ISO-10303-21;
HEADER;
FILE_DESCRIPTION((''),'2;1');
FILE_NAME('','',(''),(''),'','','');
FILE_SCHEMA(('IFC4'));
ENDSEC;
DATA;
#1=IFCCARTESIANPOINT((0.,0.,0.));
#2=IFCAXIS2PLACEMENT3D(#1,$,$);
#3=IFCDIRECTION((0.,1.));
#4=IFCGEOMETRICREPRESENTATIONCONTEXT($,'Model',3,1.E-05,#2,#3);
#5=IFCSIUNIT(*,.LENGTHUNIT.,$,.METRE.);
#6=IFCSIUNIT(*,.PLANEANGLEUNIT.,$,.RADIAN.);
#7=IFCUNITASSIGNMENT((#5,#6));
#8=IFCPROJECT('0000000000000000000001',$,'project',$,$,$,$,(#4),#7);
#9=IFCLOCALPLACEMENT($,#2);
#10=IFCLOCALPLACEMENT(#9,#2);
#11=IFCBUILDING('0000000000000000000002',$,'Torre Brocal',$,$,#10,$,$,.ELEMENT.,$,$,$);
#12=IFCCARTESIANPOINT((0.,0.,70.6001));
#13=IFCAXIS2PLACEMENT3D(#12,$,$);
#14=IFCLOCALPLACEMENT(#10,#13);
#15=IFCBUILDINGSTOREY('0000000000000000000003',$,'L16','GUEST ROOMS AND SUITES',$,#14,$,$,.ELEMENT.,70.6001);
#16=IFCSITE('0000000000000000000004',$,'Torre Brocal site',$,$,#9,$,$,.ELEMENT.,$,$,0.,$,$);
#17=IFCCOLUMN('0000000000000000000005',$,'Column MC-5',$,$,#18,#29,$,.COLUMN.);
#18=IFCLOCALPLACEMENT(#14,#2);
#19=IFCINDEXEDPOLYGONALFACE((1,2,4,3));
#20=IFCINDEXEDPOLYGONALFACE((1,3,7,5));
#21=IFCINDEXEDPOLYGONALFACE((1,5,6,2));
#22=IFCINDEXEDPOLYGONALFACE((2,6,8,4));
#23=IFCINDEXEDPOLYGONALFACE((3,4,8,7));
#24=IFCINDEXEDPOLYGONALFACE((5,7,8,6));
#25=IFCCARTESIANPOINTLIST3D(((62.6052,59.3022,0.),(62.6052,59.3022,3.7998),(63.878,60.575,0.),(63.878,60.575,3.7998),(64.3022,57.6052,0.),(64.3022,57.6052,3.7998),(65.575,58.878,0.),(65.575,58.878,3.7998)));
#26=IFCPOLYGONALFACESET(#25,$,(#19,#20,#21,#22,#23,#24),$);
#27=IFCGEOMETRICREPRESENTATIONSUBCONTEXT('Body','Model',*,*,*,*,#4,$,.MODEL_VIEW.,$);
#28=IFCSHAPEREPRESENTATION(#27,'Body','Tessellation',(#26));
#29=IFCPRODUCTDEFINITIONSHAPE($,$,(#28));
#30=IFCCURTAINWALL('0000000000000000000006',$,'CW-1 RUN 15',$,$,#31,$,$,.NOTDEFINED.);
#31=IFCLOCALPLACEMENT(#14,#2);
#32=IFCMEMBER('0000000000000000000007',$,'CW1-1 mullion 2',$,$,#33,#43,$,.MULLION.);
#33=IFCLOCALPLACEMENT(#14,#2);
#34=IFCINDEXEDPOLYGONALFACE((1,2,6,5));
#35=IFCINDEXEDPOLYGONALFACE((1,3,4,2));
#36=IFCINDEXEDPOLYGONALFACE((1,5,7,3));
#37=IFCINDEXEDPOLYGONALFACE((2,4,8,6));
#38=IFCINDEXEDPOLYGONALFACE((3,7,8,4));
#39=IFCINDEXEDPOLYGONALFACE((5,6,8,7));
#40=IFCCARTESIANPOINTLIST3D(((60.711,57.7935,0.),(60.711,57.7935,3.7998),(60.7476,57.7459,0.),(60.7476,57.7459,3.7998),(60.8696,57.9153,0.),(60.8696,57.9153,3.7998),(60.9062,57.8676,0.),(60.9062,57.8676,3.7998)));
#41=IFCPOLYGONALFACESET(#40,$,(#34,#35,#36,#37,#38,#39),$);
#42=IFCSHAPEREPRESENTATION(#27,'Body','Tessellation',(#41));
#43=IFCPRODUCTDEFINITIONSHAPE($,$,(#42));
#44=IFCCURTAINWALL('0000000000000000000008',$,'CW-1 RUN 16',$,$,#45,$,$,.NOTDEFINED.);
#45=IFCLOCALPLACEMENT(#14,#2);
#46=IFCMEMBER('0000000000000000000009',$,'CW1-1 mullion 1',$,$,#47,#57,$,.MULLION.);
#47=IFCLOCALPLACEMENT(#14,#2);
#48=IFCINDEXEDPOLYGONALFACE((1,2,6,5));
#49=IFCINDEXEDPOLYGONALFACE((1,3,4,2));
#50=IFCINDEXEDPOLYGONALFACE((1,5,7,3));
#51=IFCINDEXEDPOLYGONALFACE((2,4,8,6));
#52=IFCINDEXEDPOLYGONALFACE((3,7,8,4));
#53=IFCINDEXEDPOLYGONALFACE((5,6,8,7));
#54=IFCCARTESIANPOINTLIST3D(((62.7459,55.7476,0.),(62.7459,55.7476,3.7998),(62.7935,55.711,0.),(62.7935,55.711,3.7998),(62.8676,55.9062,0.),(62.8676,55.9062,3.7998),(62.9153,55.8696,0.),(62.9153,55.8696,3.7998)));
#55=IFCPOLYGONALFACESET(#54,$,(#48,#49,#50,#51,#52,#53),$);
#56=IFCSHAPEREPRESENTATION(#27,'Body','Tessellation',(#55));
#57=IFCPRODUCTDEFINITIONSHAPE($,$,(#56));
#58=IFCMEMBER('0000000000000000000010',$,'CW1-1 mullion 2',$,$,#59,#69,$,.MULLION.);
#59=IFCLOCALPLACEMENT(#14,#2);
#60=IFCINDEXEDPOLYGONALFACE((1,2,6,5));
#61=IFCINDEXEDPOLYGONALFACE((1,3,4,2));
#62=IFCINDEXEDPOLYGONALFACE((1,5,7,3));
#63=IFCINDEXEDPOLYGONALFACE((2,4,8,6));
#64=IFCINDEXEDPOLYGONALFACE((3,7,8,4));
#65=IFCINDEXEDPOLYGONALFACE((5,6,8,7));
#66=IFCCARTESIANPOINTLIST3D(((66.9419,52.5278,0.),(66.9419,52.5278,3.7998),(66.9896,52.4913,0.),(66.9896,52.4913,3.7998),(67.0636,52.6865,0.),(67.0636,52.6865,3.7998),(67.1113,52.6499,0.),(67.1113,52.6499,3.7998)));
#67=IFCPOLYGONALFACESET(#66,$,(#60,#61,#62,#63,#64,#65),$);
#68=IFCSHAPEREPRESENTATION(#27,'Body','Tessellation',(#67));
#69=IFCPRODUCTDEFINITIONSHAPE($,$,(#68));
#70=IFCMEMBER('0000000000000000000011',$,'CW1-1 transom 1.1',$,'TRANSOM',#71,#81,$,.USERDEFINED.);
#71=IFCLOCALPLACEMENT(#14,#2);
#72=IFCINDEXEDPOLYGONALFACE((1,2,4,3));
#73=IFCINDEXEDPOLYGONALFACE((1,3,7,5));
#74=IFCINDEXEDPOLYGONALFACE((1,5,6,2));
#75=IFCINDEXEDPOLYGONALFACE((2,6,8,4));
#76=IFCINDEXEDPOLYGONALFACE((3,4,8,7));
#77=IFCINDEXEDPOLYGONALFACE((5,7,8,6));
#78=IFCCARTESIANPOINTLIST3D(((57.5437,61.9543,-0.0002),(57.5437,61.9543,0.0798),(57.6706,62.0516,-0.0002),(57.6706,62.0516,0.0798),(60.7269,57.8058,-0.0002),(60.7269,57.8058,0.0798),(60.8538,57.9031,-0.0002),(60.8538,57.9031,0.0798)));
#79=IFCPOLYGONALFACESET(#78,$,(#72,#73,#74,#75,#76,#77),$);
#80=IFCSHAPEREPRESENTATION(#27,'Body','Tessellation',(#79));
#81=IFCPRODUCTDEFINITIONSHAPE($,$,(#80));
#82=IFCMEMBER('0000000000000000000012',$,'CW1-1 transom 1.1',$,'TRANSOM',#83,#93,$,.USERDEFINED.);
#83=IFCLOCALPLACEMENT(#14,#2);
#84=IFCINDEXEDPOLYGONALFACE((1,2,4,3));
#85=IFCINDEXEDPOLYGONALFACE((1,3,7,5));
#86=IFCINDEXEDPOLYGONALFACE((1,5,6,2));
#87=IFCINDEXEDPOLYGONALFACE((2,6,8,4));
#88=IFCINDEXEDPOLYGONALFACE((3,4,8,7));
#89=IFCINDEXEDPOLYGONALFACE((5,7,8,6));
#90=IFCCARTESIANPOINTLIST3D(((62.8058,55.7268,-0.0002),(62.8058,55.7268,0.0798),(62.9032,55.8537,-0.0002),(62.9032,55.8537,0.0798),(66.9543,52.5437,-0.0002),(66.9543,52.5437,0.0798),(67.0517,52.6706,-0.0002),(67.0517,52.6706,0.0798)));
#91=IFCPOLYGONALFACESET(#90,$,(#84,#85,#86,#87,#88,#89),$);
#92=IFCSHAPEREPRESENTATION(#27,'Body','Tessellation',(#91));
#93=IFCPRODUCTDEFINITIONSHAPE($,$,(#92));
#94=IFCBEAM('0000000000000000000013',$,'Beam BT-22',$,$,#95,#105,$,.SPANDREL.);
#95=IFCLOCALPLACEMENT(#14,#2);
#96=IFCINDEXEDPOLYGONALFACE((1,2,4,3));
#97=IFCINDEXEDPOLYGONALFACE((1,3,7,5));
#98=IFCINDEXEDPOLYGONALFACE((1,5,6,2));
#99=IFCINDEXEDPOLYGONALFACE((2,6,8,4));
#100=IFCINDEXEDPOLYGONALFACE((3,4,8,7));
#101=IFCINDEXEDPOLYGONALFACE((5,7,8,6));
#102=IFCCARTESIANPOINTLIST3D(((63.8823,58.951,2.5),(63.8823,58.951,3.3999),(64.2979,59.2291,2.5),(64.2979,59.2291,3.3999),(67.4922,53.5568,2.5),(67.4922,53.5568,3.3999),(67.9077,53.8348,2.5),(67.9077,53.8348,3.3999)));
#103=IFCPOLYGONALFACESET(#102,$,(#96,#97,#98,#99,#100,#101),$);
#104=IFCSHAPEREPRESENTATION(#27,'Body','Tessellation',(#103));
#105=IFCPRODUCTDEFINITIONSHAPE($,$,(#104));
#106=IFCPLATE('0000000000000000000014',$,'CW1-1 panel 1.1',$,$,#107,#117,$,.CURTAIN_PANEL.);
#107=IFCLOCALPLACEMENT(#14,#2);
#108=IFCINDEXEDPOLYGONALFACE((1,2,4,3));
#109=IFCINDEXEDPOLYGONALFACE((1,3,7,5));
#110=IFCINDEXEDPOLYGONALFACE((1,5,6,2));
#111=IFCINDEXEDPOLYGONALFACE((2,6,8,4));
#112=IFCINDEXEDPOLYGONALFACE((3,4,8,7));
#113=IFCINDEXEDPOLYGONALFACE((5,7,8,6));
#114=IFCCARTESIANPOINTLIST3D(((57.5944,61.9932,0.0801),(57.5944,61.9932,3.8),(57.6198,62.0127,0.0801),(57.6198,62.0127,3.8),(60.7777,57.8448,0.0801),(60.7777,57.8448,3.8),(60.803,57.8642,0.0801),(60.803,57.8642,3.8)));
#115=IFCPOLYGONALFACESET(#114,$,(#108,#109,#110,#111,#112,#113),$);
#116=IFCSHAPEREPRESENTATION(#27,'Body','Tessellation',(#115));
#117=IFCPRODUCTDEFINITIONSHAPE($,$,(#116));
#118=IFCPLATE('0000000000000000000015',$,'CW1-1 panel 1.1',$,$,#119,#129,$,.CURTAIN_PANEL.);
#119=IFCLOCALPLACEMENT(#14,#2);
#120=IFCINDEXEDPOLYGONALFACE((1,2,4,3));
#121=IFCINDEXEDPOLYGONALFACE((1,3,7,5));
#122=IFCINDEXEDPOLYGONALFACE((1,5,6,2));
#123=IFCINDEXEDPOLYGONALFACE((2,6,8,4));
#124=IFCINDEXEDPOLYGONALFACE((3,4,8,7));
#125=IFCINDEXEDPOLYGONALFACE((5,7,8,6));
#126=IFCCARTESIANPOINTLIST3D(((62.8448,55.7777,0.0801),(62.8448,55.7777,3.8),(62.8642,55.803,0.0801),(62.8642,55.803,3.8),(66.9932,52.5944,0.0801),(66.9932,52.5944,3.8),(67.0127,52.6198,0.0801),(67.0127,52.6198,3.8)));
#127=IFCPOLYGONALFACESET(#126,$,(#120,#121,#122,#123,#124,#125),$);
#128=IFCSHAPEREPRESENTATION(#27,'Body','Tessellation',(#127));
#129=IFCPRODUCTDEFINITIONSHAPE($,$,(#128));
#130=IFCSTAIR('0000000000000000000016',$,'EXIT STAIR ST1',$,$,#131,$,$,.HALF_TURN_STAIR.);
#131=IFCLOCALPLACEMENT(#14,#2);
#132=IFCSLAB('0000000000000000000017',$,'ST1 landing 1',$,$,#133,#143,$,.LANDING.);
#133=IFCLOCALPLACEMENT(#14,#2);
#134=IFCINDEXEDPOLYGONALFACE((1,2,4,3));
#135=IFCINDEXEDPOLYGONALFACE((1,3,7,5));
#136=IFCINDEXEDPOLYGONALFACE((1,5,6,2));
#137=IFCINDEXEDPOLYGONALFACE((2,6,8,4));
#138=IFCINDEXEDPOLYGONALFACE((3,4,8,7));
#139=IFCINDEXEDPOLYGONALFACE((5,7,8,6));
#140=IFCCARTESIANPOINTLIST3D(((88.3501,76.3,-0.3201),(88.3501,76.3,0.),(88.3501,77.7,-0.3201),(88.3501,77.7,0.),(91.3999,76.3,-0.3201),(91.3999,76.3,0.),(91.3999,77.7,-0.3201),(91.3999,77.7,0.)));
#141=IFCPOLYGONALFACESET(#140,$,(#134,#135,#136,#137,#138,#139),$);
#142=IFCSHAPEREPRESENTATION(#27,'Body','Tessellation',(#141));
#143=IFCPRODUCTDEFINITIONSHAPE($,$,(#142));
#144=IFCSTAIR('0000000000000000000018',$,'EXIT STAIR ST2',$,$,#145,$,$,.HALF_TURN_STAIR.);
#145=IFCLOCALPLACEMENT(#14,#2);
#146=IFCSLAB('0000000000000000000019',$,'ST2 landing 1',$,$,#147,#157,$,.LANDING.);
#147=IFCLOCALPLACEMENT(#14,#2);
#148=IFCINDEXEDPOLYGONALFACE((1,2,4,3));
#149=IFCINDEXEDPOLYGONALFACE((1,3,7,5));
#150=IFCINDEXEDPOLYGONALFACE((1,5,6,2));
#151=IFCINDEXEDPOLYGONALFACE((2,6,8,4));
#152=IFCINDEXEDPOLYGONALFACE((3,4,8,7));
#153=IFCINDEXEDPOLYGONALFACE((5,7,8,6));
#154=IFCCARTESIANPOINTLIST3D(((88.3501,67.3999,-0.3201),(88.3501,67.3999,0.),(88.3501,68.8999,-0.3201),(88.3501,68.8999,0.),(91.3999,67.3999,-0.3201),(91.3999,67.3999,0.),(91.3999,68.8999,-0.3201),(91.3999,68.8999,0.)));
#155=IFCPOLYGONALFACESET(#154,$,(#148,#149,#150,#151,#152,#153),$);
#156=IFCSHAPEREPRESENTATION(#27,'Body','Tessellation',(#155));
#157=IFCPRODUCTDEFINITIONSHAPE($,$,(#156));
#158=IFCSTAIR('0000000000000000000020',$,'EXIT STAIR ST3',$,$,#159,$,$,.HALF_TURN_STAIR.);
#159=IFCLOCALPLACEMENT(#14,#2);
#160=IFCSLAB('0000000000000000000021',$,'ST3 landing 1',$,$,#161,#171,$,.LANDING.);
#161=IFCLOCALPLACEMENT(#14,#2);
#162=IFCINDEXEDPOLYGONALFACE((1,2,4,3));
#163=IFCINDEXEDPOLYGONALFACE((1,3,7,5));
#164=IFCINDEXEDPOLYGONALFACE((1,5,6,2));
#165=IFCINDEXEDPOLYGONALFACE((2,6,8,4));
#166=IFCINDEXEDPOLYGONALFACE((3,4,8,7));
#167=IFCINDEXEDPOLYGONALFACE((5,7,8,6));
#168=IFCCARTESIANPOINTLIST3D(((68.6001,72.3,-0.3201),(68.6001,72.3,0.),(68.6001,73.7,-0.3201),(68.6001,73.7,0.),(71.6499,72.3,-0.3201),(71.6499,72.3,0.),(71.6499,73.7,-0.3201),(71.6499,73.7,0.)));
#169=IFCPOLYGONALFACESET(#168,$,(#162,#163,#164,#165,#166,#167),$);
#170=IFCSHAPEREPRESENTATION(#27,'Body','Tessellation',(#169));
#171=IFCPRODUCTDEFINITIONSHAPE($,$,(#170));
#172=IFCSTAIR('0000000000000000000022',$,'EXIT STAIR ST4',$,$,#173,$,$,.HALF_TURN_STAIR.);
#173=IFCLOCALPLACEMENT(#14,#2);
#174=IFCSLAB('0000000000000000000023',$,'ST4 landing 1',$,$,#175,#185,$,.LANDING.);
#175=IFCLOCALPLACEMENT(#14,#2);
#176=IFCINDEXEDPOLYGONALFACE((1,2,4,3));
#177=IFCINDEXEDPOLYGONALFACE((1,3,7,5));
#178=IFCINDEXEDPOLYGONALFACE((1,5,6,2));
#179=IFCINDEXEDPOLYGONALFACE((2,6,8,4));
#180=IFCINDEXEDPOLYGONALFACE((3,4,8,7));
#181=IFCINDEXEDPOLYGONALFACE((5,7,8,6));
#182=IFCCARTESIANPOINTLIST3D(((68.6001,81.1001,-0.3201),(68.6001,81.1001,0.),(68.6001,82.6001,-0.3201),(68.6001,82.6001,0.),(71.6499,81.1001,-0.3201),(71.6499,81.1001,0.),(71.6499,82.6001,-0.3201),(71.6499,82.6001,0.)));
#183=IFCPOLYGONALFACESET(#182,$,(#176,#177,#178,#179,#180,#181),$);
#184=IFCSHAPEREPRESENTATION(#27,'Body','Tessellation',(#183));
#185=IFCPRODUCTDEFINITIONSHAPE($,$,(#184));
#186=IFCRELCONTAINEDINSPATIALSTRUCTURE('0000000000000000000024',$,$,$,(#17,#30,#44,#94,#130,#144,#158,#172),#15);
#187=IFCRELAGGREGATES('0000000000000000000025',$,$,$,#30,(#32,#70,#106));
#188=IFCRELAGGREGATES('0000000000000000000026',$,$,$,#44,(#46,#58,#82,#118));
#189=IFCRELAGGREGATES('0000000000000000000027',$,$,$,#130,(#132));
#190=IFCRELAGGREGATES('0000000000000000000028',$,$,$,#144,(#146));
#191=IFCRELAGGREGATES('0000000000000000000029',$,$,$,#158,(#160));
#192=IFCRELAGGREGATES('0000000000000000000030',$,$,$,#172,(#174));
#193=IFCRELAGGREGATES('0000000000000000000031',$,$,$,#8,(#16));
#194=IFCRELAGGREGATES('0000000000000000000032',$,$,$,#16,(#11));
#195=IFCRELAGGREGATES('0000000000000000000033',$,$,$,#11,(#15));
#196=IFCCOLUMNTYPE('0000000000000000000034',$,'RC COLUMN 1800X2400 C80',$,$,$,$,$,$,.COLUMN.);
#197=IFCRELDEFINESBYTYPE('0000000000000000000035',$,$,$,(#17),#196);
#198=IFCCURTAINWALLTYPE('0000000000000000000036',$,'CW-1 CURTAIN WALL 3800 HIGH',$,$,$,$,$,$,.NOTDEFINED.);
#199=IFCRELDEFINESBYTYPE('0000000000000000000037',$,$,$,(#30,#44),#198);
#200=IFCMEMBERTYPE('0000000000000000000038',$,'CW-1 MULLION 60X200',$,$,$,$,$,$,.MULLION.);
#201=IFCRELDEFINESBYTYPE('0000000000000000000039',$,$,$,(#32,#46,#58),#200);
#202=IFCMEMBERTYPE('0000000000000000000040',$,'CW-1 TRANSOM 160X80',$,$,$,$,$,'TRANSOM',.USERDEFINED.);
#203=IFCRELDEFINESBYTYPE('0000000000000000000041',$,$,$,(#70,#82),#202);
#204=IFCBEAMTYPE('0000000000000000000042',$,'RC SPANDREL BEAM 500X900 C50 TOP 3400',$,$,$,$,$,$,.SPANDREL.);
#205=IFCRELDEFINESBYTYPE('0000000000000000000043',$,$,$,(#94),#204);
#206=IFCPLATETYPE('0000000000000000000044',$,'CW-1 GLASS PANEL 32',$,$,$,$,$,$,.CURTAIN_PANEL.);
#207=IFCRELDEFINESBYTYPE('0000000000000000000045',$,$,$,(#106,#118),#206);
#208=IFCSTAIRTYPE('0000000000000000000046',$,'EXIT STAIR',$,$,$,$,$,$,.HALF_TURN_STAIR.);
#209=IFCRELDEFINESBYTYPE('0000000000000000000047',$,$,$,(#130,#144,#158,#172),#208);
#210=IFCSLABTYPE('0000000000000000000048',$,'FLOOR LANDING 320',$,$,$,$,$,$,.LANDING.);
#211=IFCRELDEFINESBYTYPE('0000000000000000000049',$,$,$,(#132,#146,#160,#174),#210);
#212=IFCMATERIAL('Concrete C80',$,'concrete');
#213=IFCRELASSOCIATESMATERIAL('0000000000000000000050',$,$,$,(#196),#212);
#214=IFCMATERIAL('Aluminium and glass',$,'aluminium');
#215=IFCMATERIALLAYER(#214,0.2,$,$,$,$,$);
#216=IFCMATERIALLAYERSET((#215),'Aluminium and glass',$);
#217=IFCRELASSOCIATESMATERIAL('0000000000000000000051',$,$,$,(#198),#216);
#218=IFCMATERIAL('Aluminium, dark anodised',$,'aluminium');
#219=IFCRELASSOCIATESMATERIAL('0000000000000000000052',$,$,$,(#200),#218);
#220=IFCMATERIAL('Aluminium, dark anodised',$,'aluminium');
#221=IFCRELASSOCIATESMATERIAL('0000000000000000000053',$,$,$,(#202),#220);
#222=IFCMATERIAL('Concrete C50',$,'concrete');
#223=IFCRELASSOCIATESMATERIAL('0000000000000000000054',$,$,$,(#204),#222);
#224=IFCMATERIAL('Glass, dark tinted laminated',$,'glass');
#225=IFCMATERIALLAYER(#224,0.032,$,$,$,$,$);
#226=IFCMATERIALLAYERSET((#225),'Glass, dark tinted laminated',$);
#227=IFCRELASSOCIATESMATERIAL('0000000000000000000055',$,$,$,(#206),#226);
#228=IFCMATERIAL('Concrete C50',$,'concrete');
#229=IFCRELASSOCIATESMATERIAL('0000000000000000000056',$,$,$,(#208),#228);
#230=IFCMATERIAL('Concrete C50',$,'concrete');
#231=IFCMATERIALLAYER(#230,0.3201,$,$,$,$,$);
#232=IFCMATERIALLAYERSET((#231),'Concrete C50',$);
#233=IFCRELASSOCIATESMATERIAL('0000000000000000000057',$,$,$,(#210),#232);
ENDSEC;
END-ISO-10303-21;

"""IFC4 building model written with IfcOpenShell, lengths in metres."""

from ifc_helpers import new_model, si_unit, direction, frame, origin, origin_2d, place, context, subcontext, project, spatial, polyline, rectangle, outline, extrude, material, layer, layer_set, material_profile, profile_set, type_object, element, aggregate, save


model = new_model("IFC4")

# Units and contexts
model_context = context("Model", 3, precision=1e-05, world=origin(), true_north=direction((0.0, 1.0)))
body_context = subcontext(model_context, "Body", "Model", "MODEL_VIEW")
ifc_project = project(units=[si_unit("LENGTHUNIT", "METRE"), si_unit("PLANEANGLEUNIT", "RADIAN")], contexts=[model_context])

# Site, building, storey
site_placement = place(None, origin())
site = spatial("IfcSite", under=ifc_project, at=site_placement, Name="Torre Brocal site", CompositionType="ELEMENT", RefElevation=0.0)
building_placement = place(site_placement, origin())
building = spatial("IfcBuilding", under=site, at=building_placement, Name="Torre Brocal", CompositionType="ELEMENT")
storey_placement = place(building_placement, frame((0.0, 0.0, 70.6001)))
storey = spatial("IfcBuildingStorey", under=building, at=storey_placement, Name="L16", Description="GUEST ROOMS AND SUITES", CompositionType="ELEMENT", Elevation=70.6001)

# Column
ifc_material_1 = material(Name="Concrete C80", Category="concrete")
ifc_material_profile_1 = material_profile(ifc_material_1, rectangle(XDim=1.8, YDim=2.3999, at=origin_2d()), Name="RC 1800X2400")
ifc_profile_set_1 = profile_set([ifc_material_profile_1], Name="Concrete C80")
column_type = type_object("IfcColumnType", Name="RC COLUMN 1800X2400 C80", PredefinedType="COLUMN", material=ifc_profile_set_1)
column_placement = place(storey_placement, frame((64.0901, 59.0901, 0.0), z_axis=(0.0, 0.0, 1.0), x_axis=(-0.707107, -0.707107, 0.0)))
element("IfcColumn", 1, at=column_placement, inside=storey, type_object=column_type, Name="Column MC-5", PredefinedType="COLUMN", context=body_context, shape_type="SweptSolid", body=[
    extrude(rectangle(XDim=1.8, YDim=2.3999, at=origin_2d()), origin(), (0.0, 0.0, 1.0), 3.7998),
])

# Curtain wall, member
ifc_material_2 = material(Name="Aluminium and glass", Category="aluminium")
ifc_layer_1 = layer(ifc_material_2, 0.2)
ifc_layer_set_1 = layer_set([ifc_layer_1], Name="Aluminium and glass")
curtain_wall_type = type_object("IfcCurtainWallType", Name="CW-1 CURTAIN WALL 3800 HIGH", PredefinedType="NOTDEFINED", material=ifc_layer_set_1)
curtain_wall_1_placement = place(storey_placement, origin())
curtain_wall_1 = element("IfcCurtainWall", 2, at=curtain_wall_1_placement, inside=storey, type_object=curtain_wall_type, Name="CW-1 RUN 15", PredefinedType="NOTDEFINED")
ifc_material_3 = material(Name="Aluminium, dark anodised", Category="aluminium")
ifc_material_profile_2 = material_profile(ifc_material_3, rectangle(XDim=0.2, YDim=0.0601, at=origin_2d()), Name="CW-1 MULLION 60X200")
ifc_profile_set_2 = profile_set([ifc_material_profile_2], Name="Aluminium, dark anodised")
member_type_1 = type_object("IfcMemberType", Name="CW-1 MULLION 60X200", PredefinedType="MULLION", material=ifc_profile_set_2)
member_1_placement = place(storey_placement, frame((60.8086, 57.8306, 0.0), z_axis=(0.0, 0.0, 1.0), x_axis=(0.793353, 0.608761, 0.0)))
member_1 = element("IfcMember", 3, at=member_1_placement, type_object=member_type_1, Name="CW1-1 mullion 2", PredefinedType="MULLION", context=body_context, shape_type="SweptSolid", body=[
    extrude(rectangle(XDim=0.2, YDim=0.0601, at=origin_2d()), origin(), (0.0, 0.0, 1.0), 3.7998),
])

# Curtain wall, members
curtain_wall_2_placement = place(storey_placement, origin())
curtain_wall_2 = element("IfcCurtainWall", 4, at=curtain_wall_2_placement, inside=storey, type_object=curtain_wall_type, Name="CW-1 RUN 16", PredefinedType="NOTDEFINED")
member_2_placement = place(storey_placement, frame((62.8306, 55.8086, 0.0), z_axis=(0.0, 0.0, 1.0), x_axis=(0.608761, 0.793353, 0.0)))
member_2 = element("IfcMember", 5, at=member_2_placement, type_object=member_type_1, Name="CW1-1 mullion 1", PredefinedType="MULLION", context=body_context, shape_type="SweptSolid", body=[
    extrude(rectangle(XDim=0.2, YDim=0.0601, at=origin_2d()), origin(), (0.0, 0.0, 1.0), 3.7998),
])
member_3_placement = place(storey_placement, frame((67.0266, 52.5889, 0.0), z_axis=(0.0, 0.0, 1.0), x_axis=(0.608761, 0.793353, 0.0)))
member_3 = element("IfcMember", 6, at=member_3_placement, type_object=member_type_1, Name="CW1-1 mullion 2", PredefinedType="MULLION", context=body_context, shape_type="SweptSolid", body=[
    extrude(rectangle(XDim=0.2, YDim=0.0601, at=origin_2d()), origin(), (0.0, 0.0, 1.0), 3.7998),
])

# Members
ifc_material_4 = material(Name="Aluminium, dark anodised", Category="aluminium")
ifc_material_profile_3 = material_profile(ifc_material_4, rectangle(XDim=0.1599, YDim=0.0801, at=origin_2d()), Name="CW-1 TRANSOM 160X80")
ifc_profile_set_3 = profile_set([ifc_material_profile_3], Name="Aluminium, dark anodised")
member_type_2 = type_object("IfcMemberType", Name="CW-1 TRANSOM 160X80", ElementType="TRANSOM", PredefinedType="USERDEFINED", material=ifc_profile_set_3)
member_4_placement = place(storey_placement, frame((57.6072, 62.0029, 0.0398), z_axis=(0.608749, -0.793363, 0.0), x_axis=(0.793363, 0.608749, 0.0)))
member_4 = element("IfcMember", 7, at=member_4_placement, type_object=member_type_2, Name="CW1-1 transom 1.1", ObjectType="TRANSOM", PredefinedType="USERDEFINED", context=body_context, shape_type="SweptSolid", body=[
    extrude(rectangle(XDim=0.1599, YDim=0.0801, at=origin_2d()), origin(), (0.0, 0.0, 1.0), 5.229),
])
member_5_placement = place(storey_placement, frame((62.8545, 55.7903, 0.0398), z_axis=(0.793363, -0.608749, 0.0), x_axis=(0.608749, 0.793363, 0.0)))
member_5 = element("IfcMember", 8, at=member_5_placement, type_object=member_type_2, Name="CW1-1 transom 1.1", ObjectType="TRANSOM", PredefinedType="USERDEFINED", context=body_context, shape_type="SweptSolid", body=[
    extrude(rectangle(XDim=0.1599, YDim=0.0801, at=origin_2d()), origin(), (0.0, 0.0, 1.0), 5.229),
])

# Beam
ifc_material_5 = material(Name="Concrete C50", Category="concrete")
ifc_material_profile_4 = material_profile(ifc_material_5, rectangle(XDim=0.5, YDim=0.8999, at=origin_2d()), Name="RC 500X900")
ifc_profile_set_4 = profile_set([ifc_material_profile_4], Name="Concrete C50")
beam_type = type_object("IfcBeamType", Name="RC SPANDREL BEAM 500X900 C50 TOP 3400", PredefinedType="SPANDREL", material=ifc_profile_set_4)
beam_placement = place(storey_placement, frame((64.0901, 59.0901, 2.95), z_axis=(0.556158, -0.831077, 0.0), x_axis=(0.831077, 0.556158, 0.0)))
element("IfcBeam", 9, at=beam_placement, inside=storey, type_object=beam_type, Name="Beam BT-22", PredefinedType="SPANDREL", context=body_context, shape_type="SweptSolid", body=[
    extrude(rectangle(XDim=0.5, YDim=0.8999, at=origin_2d()), origin(), (0.0, 0.0, 1.0), 6.4907),
])

# Plates
ifc_material_6 = material(Name="Glass, dark tinted laminated", Category="glass")
ifc_layer_2 = layer(ifc_material_6, 0.032)
ifc_layer_set_2 = layer_set([ifc_layer_2], Name="Glass, dark tinted laminated")
plate_type = type_object("IfcPlateType", Name="CW-1 GLASS PANEL 32", PredefinedType="CURTAIN_PANEL", material=ifc_layer_set_2)
plate_1_placement = place(storey_placement, frame((59.1987, 59.9287, 0.0801), z_axis=(0.0, 0.0, 1.0), x_axis=(0.608761, -0.793353, 0.0)))
plate_1 = element("IfcPlate", 10, at=plate_1_placement, type_object=plate_type, Name="CW1-1 panel 1.1", PredefinedType="CURTAIN_PANEL", context=body_context, shape_type="SweptSolid", body=[
    extrude(rectangle(XDim=5.229, YDim=0.032, at=origin_2d()), origin(), (0.0, 0.0, 1.0), 3.72),
])
aggregate(curtain_wall_1, [member_1, member_4, plate_1])
plate_2_placement = place(storey_placement, frame((64.9287, 54.1987, 0.0801), z_axis=(0.0, 0.0, 1.0), x_axis=(0.793353, -0.608761, 0.0)))
plate_2 = element("IfcPlate", 11, at=plate_2_placement, type_object=plate_type, Name="CW1-1 panel 1.1", PredefinedType="CURTAIN_PANEL", context=body_context, shape_type="SweptSolid", body=[
    extrude(rectangle(XDim=5.229, YDim=0.032, at=origin_2d()), origin(), (0.0, 0.0, 1.0), 3.72),
])
aggregate(curtain_wall_2, [member_2, member_3, member_5, plate_2])

# Stairs, slabs
ifc_material_7 = material(Name="Concrete C50", Category="concrete")
stair_type = type_object("IfcStairType", Name="EXIT STAIR", PredefinedType="HALF_TURN_STAIR", material=ifc_material_7)
stair_1_placement = place(storey_placement, origin())
stair_1 = element("IfcStair", 12, at=stair_1_placement, inside=storey, type_object=stair_type, Name="EXIT STAIR ST1", PredefinedType="HALF_TURN_STAIR")
ifc_material_8 = material(Name="Concrete C50", Category="concrete")
ifc_layer_3 = layer(ifc_material_8, 0.3201)
ifc_layer_set_3 = layer_set([ifc_layer_3], Name="Concrete C50")
slab_type_1 = type_object("IfcSlabType", Name="FLOOR LANDING 320", PredefinedType="LANDING", material=ifc_layer_set_3)
slab_1_placement = place(storey_placement, frame((0.0, 0.0, -0.3201)))
slab_1 = element("IfcSlab", 13, at=slab_1_placement, type_object=slab_type_1, Name="ST1 landing 1", PredefinedType="LANDING", context=body_context, shape_type="SweptSolid", body=[
    extrude(outline(polyline([(88.3501, 76.3), (91.3999, 76.3), (91.3999, 77.7), (88.3501, 77.7), (88.3501, 76.3)])), origin(), (0.0, 0.0, 1.0), 0.3201),
])
stair_2_placement = place(storey_placement, origin())
stair_2 = element("IfcStair", 14, at=stair_2_placement, inside=storey, type_object=stair_type, Name="EXIT STAIR ST2", PredefinedType="HALF_TURN_STAIR")
slab_2_placement = place(storey_placement, frame((0.0, 0.0, -0.3201)))
slab_2 = element("IfcSlab", 15, at=slab_2_placement, type_object=slab_type_1, Name="ST2 landing 1", PredefinedType="LANDING", context=body_context, shape_type="SweptSolid", body=[
    extrude(outline(polyline([(88.3501, 67.3999), (91.3999, 67.3999), (91.3999, 68.8999), (88.3501, 68.8999), (88.3501, 67.3999)])), origin(), (0.0, 0.0, 1.0), 0.3201),
])
stair_3_placement = place(storey_placement, origin())
stair_3 = element("IfcStair", 16, at=stair_3_placement, inside=storey, type_object=stair_type, Name="EXIT STAIR ST3", PredefinedType="HALF_TURN_STAIR")
slab_3_placement = place(storey_placement, frame((0.0, 0.0, -0.3201)))
slab_3 = element("IfcSlab", 17, at=slab_3_placement, type_object=slab_type_1, Name="ST3 landing 1", PredefinedType="LANDING", context=body_context, shape_type="SweptSolid", body=[
    extrude(outline(polyline([(71.6499, 73.7), (68.6001, 73.7), (68.6001, 72.3), (71.6499, 72.3), (71.6499, 73.7)])), origin(), (0.0, 0.0, 1.0), 0.3201),
])
stair_4_placement = place(storey_placement, origin())
stair_4 = element("IfcStair", 18, at=stair_4_placement, inside=storey, type_object=stair_type, Name="EXIT STAIR ST4", PredefinedType="HALF_TURN_STAIR")
slab_4_placement = place(storey_placement, frame((0.0, 0.0, -0.3201)))
slab_4 = element("IfcSlab", 19, at=slab_4_placement, type_object=slab_type_1, Name="ST4 landing 1", PredefinedType="LANDING", context=body_context, shape_type="SweptSolid", body=[
    extrude(outline(polyline([(71.6499, 82.6001), (68.6001, 82.6001), (68.6001, 81.1001), (71.6499, 81.1001), (71.6499, 82.6001)])), origin(), (0.0, 0.0, 1.0), 0.3201),
])

aggregate(stair_1, [slab_1])
aggregate(stair_2, [slab_2])
aggregate(stair_3, [slab_3])
aggregate(stair_4, [slab_4])

save(model, "model.ifc")
